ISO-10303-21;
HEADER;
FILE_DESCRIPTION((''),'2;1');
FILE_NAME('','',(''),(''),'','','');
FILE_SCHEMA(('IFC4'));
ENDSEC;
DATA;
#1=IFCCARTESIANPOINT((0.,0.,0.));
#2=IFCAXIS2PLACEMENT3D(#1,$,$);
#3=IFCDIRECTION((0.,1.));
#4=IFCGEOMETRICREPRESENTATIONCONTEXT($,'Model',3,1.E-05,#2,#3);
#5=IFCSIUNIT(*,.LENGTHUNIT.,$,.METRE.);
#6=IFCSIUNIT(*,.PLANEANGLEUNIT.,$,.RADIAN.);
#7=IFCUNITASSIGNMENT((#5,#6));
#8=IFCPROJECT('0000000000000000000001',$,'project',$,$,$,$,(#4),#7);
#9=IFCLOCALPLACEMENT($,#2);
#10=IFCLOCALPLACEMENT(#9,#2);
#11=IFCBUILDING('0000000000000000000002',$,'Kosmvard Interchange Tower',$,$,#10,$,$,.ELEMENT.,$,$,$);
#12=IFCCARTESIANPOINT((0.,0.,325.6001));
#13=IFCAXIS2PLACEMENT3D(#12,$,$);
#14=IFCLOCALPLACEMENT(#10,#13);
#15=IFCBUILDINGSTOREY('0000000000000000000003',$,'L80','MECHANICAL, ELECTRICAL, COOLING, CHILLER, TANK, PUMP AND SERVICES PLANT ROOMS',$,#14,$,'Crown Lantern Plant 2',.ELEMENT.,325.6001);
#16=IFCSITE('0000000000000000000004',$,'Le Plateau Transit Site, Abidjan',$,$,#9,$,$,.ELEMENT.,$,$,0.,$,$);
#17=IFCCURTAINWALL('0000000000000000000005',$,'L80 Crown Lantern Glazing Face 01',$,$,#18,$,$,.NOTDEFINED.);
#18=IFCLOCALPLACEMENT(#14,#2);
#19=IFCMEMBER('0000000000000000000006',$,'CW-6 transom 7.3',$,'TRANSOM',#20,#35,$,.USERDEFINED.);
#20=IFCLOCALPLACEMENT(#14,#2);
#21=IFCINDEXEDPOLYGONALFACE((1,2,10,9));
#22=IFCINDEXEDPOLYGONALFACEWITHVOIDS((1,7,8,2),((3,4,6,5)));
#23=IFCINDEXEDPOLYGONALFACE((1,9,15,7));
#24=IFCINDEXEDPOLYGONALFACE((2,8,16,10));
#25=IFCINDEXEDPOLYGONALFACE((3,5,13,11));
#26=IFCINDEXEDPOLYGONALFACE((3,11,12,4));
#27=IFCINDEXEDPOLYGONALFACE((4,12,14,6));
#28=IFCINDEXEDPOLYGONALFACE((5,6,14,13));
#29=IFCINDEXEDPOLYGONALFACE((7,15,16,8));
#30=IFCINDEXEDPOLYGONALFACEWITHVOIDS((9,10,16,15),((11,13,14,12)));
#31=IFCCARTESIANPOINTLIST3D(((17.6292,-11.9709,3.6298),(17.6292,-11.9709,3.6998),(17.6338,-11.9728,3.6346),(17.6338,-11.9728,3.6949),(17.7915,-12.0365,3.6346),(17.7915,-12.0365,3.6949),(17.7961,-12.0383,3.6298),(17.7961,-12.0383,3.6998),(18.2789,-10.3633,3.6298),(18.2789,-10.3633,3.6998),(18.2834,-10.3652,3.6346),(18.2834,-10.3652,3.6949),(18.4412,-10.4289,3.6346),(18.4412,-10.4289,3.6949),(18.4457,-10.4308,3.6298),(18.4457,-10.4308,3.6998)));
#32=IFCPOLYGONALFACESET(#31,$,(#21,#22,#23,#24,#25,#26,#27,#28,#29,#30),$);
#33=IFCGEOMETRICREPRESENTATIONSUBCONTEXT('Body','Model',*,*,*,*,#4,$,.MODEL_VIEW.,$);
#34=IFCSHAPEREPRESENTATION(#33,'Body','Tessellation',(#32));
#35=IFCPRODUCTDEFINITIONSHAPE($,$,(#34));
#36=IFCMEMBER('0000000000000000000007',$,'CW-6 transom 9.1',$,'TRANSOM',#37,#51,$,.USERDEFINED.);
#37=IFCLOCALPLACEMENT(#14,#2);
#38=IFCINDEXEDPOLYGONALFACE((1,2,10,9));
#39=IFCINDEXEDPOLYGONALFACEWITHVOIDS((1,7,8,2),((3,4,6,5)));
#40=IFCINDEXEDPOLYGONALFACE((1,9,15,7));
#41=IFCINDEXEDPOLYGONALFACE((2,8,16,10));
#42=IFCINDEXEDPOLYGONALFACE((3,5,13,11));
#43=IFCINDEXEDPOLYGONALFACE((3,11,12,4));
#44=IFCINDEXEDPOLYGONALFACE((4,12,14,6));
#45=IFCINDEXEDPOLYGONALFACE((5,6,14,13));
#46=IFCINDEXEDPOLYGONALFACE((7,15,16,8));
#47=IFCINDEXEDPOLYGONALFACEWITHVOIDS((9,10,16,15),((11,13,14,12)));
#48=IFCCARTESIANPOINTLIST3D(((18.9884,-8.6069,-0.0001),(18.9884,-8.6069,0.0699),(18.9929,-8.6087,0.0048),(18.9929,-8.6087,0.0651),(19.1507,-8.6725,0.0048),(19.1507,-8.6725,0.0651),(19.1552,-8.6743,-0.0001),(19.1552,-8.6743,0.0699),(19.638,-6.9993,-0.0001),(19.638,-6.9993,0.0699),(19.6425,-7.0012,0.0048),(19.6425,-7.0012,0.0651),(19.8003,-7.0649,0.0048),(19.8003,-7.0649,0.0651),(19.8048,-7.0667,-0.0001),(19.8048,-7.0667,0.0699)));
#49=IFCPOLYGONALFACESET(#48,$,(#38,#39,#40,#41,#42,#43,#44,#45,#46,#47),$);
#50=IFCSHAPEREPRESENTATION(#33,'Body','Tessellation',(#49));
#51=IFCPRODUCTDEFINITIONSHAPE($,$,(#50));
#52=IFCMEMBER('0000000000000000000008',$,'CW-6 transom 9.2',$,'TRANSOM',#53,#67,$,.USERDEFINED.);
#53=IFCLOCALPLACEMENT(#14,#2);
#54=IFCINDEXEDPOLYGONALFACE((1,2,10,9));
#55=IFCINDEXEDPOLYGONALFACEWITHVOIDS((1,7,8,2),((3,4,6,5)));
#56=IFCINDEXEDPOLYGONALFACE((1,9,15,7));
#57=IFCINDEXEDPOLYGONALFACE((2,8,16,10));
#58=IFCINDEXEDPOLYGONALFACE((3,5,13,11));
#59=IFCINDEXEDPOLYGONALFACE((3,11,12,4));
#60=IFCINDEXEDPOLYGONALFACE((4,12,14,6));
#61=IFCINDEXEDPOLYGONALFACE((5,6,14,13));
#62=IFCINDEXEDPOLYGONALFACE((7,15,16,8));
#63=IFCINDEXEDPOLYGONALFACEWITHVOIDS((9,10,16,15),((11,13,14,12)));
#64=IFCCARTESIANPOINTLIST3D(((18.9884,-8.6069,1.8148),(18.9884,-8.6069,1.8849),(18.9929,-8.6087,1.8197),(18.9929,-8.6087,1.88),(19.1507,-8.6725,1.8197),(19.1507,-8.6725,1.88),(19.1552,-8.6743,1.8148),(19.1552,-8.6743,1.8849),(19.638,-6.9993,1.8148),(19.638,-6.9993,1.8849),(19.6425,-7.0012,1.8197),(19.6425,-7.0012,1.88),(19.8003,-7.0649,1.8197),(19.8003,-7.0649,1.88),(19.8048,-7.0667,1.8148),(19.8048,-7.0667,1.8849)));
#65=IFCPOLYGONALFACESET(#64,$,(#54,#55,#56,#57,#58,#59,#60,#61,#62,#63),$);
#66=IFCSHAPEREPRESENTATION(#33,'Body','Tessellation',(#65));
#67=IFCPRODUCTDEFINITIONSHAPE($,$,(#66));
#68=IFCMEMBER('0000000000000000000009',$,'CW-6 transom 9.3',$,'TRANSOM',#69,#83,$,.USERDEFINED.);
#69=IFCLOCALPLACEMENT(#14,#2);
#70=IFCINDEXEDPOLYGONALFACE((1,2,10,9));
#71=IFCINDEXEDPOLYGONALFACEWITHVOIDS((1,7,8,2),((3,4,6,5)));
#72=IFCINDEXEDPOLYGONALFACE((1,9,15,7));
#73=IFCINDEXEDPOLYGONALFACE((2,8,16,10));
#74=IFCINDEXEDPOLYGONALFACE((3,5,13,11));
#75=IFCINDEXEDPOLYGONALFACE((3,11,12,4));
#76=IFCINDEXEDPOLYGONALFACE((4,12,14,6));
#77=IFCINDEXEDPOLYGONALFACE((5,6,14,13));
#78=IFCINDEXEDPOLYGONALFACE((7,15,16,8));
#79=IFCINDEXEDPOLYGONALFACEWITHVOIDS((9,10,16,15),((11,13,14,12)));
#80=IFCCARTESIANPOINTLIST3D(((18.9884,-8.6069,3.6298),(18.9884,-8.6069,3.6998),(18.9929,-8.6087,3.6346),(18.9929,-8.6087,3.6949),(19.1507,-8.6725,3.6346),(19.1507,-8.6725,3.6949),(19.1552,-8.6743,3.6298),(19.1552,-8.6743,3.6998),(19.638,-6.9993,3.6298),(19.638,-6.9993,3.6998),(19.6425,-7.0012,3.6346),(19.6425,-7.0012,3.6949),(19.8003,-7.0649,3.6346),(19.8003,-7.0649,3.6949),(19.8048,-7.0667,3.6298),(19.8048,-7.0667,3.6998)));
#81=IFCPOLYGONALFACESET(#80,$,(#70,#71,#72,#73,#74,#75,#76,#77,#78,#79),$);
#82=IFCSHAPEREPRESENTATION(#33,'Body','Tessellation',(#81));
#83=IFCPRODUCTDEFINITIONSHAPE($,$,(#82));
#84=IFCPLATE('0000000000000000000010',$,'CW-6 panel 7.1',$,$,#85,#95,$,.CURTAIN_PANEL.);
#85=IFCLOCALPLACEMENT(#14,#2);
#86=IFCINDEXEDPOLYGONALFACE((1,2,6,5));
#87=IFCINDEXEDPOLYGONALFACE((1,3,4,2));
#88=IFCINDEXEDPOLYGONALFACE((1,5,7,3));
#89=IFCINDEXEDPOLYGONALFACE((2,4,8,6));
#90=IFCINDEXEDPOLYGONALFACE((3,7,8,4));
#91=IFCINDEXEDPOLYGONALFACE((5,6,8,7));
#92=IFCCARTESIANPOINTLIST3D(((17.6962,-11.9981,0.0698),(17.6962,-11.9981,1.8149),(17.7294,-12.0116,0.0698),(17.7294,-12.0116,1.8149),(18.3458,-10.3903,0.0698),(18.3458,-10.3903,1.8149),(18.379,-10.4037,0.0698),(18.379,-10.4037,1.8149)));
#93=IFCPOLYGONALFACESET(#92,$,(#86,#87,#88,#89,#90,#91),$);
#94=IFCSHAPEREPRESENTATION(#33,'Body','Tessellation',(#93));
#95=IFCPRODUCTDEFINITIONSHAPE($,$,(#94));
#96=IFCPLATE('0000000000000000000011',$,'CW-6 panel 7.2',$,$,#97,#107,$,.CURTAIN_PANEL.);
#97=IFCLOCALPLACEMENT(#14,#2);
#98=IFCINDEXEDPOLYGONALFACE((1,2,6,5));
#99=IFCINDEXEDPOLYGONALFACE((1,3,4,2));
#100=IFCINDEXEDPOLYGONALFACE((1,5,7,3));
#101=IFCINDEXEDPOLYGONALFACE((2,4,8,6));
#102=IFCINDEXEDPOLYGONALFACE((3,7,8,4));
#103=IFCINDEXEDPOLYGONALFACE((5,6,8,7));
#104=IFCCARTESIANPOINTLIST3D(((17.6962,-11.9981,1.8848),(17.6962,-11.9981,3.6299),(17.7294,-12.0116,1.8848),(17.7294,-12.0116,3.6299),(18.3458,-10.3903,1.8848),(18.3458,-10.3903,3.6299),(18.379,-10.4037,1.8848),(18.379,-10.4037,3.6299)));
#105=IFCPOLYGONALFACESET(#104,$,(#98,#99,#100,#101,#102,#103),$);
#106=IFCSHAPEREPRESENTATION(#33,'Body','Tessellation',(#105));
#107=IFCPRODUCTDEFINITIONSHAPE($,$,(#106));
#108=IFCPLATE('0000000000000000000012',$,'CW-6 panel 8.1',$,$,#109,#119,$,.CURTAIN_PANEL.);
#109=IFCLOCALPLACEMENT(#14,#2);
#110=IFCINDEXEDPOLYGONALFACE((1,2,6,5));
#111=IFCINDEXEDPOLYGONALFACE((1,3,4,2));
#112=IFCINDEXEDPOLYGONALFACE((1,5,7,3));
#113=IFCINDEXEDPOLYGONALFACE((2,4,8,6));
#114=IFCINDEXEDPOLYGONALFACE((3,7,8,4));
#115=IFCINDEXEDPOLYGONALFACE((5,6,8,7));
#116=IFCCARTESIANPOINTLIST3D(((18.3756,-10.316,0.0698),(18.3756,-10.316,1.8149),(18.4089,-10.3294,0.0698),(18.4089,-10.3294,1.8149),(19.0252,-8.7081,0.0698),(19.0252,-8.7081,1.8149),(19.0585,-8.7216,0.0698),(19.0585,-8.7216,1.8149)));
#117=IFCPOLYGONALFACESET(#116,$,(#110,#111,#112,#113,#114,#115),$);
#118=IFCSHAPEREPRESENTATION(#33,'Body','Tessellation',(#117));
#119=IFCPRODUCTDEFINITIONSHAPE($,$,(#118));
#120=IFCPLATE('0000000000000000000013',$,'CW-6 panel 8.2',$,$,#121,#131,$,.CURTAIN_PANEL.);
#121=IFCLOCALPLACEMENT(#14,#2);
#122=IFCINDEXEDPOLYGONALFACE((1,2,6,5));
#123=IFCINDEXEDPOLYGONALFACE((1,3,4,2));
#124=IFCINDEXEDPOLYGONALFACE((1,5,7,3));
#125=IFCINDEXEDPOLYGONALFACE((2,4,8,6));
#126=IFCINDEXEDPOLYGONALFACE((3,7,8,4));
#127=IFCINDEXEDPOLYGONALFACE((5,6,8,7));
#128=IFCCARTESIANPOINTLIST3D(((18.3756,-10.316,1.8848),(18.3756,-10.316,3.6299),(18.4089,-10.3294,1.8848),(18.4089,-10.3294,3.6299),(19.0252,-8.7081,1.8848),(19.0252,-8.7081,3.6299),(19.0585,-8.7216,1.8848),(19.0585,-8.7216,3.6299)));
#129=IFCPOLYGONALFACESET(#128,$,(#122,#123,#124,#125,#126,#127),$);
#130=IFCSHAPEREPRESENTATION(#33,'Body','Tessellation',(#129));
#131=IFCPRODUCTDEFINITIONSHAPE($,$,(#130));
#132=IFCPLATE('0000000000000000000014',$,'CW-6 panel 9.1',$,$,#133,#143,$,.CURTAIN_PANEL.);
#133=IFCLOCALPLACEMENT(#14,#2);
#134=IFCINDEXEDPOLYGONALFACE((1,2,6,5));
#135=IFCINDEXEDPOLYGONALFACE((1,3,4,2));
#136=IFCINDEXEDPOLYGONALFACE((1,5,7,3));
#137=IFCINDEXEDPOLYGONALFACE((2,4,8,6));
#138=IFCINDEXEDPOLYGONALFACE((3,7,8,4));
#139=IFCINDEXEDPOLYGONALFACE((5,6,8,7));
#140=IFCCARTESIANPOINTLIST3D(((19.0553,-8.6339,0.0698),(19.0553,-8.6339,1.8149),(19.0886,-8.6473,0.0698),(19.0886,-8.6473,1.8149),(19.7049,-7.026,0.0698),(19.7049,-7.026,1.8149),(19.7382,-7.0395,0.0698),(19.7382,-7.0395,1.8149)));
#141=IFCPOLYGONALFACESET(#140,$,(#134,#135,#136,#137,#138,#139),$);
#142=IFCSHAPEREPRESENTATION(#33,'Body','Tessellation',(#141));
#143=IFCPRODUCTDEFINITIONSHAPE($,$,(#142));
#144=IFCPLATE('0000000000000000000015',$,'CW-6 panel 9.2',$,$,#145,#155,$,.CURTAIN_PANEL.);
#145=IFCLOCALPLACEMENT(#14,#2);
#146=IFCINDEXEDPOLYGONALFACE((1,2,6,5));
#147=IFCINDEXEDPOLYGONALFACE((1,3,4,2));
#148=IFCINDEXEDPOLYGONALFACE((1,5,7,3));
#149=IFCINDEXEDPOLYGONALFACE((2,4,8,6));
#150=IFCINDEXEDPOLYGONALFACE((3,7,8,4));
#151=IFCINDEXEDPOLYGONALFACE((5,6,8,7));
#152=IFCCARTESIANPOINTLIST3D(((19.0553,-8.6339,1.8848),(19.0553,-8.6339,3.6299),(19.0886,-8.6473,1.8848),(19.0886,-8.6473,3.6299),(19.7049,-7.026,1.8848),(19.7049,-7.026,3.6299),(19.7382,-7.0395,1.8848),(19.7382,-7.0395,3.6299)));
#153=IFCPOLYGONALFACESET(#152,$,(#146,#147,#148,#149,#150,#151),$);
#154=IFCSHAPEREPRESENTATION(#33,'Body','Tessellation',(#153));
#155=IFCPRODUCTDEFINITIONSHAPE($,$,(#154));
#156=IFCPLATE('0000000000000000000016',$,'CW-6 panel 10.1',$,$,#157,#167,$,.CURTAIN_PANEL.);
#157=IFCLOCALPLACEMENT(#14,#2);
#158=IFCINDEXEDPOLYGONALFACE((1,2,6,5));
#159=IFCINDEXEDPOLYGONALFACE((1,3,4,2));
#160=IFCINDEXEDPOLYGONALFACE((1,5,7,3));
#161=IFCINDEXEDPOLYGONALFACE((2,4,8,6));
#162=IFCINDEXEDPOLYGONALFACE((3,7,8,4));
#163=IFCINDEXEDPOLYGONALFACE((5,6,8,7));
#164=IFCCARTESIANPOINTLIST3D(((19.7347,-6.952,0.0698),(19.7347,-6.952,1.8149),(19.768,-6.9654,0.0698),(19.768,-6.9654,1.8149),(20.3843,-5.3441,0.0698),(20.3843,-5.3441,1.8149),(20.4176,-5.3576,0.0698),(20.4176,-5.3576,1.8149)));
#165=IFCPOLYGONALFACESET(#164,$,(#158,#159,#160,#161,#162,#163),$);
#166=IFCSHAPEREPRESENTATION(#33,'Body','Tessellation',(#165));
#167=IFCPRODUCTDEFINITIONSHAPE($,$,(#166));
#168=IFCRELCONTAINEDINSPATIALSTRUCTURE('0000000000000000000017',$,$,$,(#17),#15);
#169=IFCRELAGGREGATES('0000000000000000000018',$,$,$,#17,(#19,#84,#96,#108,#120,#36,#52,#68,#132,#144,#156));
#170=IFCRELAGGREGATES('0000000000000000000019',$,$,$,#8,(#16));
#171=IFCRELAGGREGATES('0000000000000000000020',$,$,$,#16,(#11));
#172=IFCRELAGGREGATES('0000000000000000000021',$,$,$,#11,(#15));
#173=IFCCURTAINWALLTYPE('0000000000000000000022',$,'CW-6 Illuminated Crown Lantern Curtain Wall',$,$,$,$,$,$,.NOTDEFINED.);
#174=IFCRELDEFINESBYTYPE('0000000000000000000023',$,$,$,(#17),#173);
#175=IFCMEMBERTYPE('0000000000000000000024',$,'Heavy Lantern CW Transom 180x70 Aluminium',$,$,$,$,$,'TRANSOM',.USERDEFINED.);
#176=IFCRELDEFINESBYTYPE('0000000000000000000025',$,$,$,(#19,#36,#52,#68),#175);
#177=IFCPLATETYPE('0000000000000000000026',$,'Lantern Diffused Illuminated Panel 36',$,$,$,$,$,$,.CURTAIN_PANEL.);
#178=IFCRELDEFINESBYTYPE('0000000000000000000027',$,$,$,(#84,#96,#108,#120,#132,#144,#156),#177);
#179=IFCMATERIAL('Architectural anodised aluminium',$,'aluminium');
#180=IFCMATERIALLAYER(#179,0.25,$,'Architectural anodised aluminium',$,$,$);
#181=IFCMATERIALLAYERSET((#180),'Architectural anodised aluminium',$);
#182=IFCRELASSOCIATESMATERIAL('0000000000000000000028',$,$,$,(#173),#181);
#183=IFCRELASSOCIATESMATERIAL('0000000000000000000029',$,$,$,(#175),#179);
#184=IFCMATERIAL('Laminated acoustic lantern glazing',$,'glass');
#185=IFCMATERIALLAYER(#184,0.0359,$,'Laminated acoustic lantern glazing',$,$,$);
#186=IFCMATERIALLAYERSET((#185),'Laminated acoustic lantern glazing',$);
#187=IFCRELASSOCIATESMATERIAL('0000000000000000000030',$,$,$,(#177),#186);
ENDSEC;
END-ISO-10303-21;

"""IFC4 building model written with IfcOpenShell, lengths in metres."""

from ifc_helpers import new_model, si_unit, direction, frame, origin, origin_2d, place, context, subcontext, project, spatial, rectangle, hollow_rectangle, extrude, source, transform, mapped, material, layer, layer_set, material_profile, profile_set, type_object, element, aggregate, save


model = new_model("IFC4")

# Units and contexts
model_context = context("Model", 3, precision=1e-05, world=origin(), true_north=direction((0.0, 1.0)))
body_context = subcontext(model_context, "Body", "Model", "MODEL_VIEW")
ifc_project = project(units=[si_unit("LENGTHUNIT", "METRE"), si_unit("PLANEANGLEUNIT", "RADIAN")], contexts=[model_context])

# Site, building, storey
site_placement = place(None, origin())
site = spatial("IfcSite", under=ifc_project, at=site_placement, Name="Le Plateau Transit Site, Abidjan", CompositionType="ELEMENT", RefElevation=0.0)
building_placement = place(site_placement, origin())
building = spatial("IfcBuilding", under=site, at=building_placement, Name="Kosmvard Interchange Tower", CompositionType="ELEMENT")
storey_placement = place(building_placement, frame((0.0, 0.0, 325.6001)))
storey = spatial("IfcBuildingStorey", under=building, at=storey_placement, Name="L80", Description="MECHANICAL, ELECTRICAL, COOLING, CHILLER, TANK, PUMP AND SERVICES PLANT ROOMS", LongName="Crown Lantern Plant 2", CompositionType="ELEMENT", Elevation=325.6001)

# Curtain wall, members, plates
ifc_material_1 = material(Name="Architectural anodised aluminium", Category="aluminium")
ifc_layer_1 = layer(ifc_material_1, 0.25, Name="Architectural anodised aluminium")
ifc_layer_set_1 = layer_set([ifc_layer_1], Name="Architectural anodised aluminium")
curtain_wall_type = type_object("IfcCurtainWallType", Name="CW-6 Illuminated Crown Lantern Curtain Wall", PredefinedType="NOTDEFINED", material=ifc_layer_set_1)
curtain_wall_placement = place(storey_placement, origin())
curtain_wall = element("IfcCurtainWall", 1, at=curtain_wall_placement, inside=storey, type_object=curtain_wall_type, Name="L80 Crown Lantern Glazing Face 01", PredefinedType="NOTDEFINED")
ifc_material_profile_1 = material_profile(ifc_material_1, hollow_rectangle(XDim=0.1799, YDim=0.0701, WallThickness=0.0049, at=origin_2d()), Name="CWT 180x70x5")
ifc_profile_set_1 = profile_set([ifc_material_profile_1], Name="Architectural anodised aluminium")
member_type_1 = type_object("IfcMemberType", Name="Heavy Lantern CW Transom 180x70 Aluminium", ElementType="TRANSOM", PredefinedType="USERDEFINED", material=ifc_profile_set_1)
shared_shape_1 = source(origin(), body_context, "Body", "SweptSolid", [
    extrude(hollow_rectangle(XDim=0.1799, YDim=0.0701, WallThickness=0.0049, at=origin_2d()), origin(), (0.0, 0.0, 1.0), 1.7339),
])
member_1_placement = place(storey_placement, frame((17.7126, -12.0046, 3.6648), z_axis=(0.374666, 0.92716, 0.0), x_axis=(-0.92716, 0.374666, 0.0)))
member_1 = element("IfcMember", 2, at=member_1_placement, type_object=member_type_1, Name="CW-6 transom 7.3", ObjectType="TRANSOM", PredefinedType="USERDEFINED", context=body_context, shape_type="MappedRepresentation", body=[
    mapped(shared_shape_1, transform((0.0, 0.0, 0.0), scale=1.0)),
])
member_2_placement = place(storey_placement, frame((19.0718, -8.6406, 0.0349), z_axis=(0.374666, 0.92716, 0.0), x_axis=(-0.92716, 0.374666, 0.0)))
member_2 = element("IfcMember", 3, at=member_2_placement, type_object=member_type_1, Name="CW-6 transom 9.1", ObjectType="TRANSOM", PredefinedType="USERDEFINED", context=body_context, shape_type="MappedRepresentation", body=[
    mapped(shared_shape_1, transform((0.0, 0.0, 0.0), scale=1.0)),
])
member_3_placement = place(storey_placement, frame((19.0718, -8.6406, 1.8499), z_axis=(0.374666, 0.92716, 0.0), x_axis=(-0.92716, 0.374666, 0.0)))
member_3 = element("IfcMember", 4, at=member_3_placement, type_object=member_type_1, Name="CW-6 transom 9.2", ObjectType="TRANSOM", PredefinedType="USERDEFINED", context=body_context, shape_type="MappedRepresentation", body=[
    mapped(shared_shape_1, transform((0.0, 0.0, 0.0), scale=1.0)),
])
member_4_placement = place(storey_placement, frame((19.0718, -8.6406, 3.6648), z_axis=(0.374666, 0.92716, 0.0), x_axis=(-0.92716, 0.374666, 0.0)))
member_4 = element("IfcMember", 5, at=member_4_placement, type_object=member_type_1, Name="CW-6 transom 9.3", ObjectType="TRANSOM", PredefinedType="USERDEFINED", context=body_context, shape_type="MappedRepresentation", body=[
    mapped(shared_shape_1, transform((0.0, 0.0, 0.0), scale=1.0)),
])
ifc_material_2 = material(Name="Laminated acoustic lantern glazing", Category="glass")
ifc_layer_2 = layer(ifc_material_2, 0.0359, Name="Laminated acoustic lantern glazing")
ifc_layer_set_2 = layer_set([ifc_layer_2], Name="Laminated acoustic lantern glazing")
plate_type = type_object("IfcPlateType", Name="Lantern Diffused Illuminated Panel 36", PredefinedType="CURTAIN_PANEL", material=ifc_layer_set_2)
shared_shape_2 = source(origin(), body_context, "Body", "SweptSolid", [
    extrude(rectangle(XDim=1.7341, YDim=0.0359, at=origin_2d()), origin(), (0.0, 0.0, 1.0), 1.7451),
])
plate_1_placement = place(storey_placement, frame((18.0376, -11.2009, 0.0698), z_axis=(0.0, 0.0, 1.0), x_axis=(0.374607, 0.927184, 0.0)))
plate_1 = element("IfcPlate", 6, at=plate_1_placement, type_object=plate_type, Name="CW-6 panel 7.1", PredefinedType="CURTAIN_PANEL", context=body_context, shape_type="MappedRepresentation", body=[
    mapped(shared_shape_2, transform((0.0, 0.0, 0.0), scale=1.0)),
])
plate_2_placement = place(storey_placement, frame((18.0376, -11.2009, 1.8848), z_axis=(0.0, 0.0, 1.0), x_axis=(0.374607, 0.927184, 0.0)))
plate_2 = element("IfcPlate", 7, at=plate_2_placement, type_object=plate_type, Name="CW-6 panel 7.2", PredefinedType="CURTAIN_PANEL", context=body_context, shape_type="MappedRepresentation", body=[
    mapped(shared_shape_2, transform((0.0, 0.0, 0.0), scale=1.0)),
])
plate_3_placement = place(storey_placement, frame((18.717, -9.5188, 0.0698), z_axis=(0.0, 0.0, 1.0), x_axis=(0.374607, 0.927184, 0.0)))
plate_3 = element("IfcPlate", 8, at=plate_3_placement, type_object=plate_type, Name="CW-6 panel 8.1", PredefinedType="CURTAIN_PANEL", context=body_context, shape_type="MappedRepresentation", body=[
    mapped(shared_shape_2, transform((0.0, 0.0, 0.0), scale=1.0)),
])
plate_4_placement = place(storey_placement, frame((18.717, -9.5188, 1.8848), z_axis=(0.0, 0.0, 1.0), x_axis=(0.374607, 0.927184, 0.0)))
plate_4 = element("IfcPlate", 9, at=plate_4_placement, type_object=plate_type, Name="CW-6 panel 8.2", PredefinedType="CURTAIN_PANEL", context=body_context, shape_type="MappedRepresentation", body=[
    mapped(shared_shape_2, transform((0.0, 0.0, 0.0), scale=1.0)),
])
plate_5_placement = place(storey_placement, frame((19.3967, -7.8367, 0.0698), z_axis=(0.0, 0.0, 1.0), x_axis=(0.374607, 0.927184, 0.0)))
plate_5 = element("IfcPlate", 10, at=plate_5_placement, type_object=plate_type, Name="CW-6 panel 9.1", PredefinedType="CURTAIN_PANEL", context=body_context, shape_type="MappedRepresentation", body=[
    mapped(shared_shape_2, transform((0.0, 0.0, 0.0), scale=1.0)),
])
plate_6_placement = place(storey_placement, frame((19.3967, -7.8367, 1.8848), z_axis=(0.0, 0.0, 1.0), x_axis=(0.374607, 0.927184, 0.0)))
plate_6 = element("IfcPlate", 11, at=plate_6_placement, type_object=plate_type, Name="CW-6 panel 9.2", PredefinedType="CURTAIN_PANEL", context=body_context, shape_type="MappedRepresentation", body=[
    mapped(shared_shape_2, transform((0.0, 0.0, 0.0), scale=1.0)),
])
plate_7_placement = place(storey_placement, frame((20.0762, -6.1548, 0.0698), z_axis=(0.0, 0.0, 1.0), x_axis=(0.374607, 0.927184, 0.0)))
plate_7 = element("IfcPlate", 12, at=plate_7_placement, type_object=plate_type, Name="CW-6 panel 10.1", PredefinedType="CURTAIN_PANEL", context=body_context, shape_type="MappedRepresentation", body=[
    mapped(shared_shape_2, transform((0.0, 0.0, 0.0), scale=1.0)),
])
aggregate(curtain_wall, [member_1, plate_1, plate_2, plate_3, plate_4, member_2, member_3, member_4, plate_5, plate_6, plate_7])

save(model, "model.ifc")
